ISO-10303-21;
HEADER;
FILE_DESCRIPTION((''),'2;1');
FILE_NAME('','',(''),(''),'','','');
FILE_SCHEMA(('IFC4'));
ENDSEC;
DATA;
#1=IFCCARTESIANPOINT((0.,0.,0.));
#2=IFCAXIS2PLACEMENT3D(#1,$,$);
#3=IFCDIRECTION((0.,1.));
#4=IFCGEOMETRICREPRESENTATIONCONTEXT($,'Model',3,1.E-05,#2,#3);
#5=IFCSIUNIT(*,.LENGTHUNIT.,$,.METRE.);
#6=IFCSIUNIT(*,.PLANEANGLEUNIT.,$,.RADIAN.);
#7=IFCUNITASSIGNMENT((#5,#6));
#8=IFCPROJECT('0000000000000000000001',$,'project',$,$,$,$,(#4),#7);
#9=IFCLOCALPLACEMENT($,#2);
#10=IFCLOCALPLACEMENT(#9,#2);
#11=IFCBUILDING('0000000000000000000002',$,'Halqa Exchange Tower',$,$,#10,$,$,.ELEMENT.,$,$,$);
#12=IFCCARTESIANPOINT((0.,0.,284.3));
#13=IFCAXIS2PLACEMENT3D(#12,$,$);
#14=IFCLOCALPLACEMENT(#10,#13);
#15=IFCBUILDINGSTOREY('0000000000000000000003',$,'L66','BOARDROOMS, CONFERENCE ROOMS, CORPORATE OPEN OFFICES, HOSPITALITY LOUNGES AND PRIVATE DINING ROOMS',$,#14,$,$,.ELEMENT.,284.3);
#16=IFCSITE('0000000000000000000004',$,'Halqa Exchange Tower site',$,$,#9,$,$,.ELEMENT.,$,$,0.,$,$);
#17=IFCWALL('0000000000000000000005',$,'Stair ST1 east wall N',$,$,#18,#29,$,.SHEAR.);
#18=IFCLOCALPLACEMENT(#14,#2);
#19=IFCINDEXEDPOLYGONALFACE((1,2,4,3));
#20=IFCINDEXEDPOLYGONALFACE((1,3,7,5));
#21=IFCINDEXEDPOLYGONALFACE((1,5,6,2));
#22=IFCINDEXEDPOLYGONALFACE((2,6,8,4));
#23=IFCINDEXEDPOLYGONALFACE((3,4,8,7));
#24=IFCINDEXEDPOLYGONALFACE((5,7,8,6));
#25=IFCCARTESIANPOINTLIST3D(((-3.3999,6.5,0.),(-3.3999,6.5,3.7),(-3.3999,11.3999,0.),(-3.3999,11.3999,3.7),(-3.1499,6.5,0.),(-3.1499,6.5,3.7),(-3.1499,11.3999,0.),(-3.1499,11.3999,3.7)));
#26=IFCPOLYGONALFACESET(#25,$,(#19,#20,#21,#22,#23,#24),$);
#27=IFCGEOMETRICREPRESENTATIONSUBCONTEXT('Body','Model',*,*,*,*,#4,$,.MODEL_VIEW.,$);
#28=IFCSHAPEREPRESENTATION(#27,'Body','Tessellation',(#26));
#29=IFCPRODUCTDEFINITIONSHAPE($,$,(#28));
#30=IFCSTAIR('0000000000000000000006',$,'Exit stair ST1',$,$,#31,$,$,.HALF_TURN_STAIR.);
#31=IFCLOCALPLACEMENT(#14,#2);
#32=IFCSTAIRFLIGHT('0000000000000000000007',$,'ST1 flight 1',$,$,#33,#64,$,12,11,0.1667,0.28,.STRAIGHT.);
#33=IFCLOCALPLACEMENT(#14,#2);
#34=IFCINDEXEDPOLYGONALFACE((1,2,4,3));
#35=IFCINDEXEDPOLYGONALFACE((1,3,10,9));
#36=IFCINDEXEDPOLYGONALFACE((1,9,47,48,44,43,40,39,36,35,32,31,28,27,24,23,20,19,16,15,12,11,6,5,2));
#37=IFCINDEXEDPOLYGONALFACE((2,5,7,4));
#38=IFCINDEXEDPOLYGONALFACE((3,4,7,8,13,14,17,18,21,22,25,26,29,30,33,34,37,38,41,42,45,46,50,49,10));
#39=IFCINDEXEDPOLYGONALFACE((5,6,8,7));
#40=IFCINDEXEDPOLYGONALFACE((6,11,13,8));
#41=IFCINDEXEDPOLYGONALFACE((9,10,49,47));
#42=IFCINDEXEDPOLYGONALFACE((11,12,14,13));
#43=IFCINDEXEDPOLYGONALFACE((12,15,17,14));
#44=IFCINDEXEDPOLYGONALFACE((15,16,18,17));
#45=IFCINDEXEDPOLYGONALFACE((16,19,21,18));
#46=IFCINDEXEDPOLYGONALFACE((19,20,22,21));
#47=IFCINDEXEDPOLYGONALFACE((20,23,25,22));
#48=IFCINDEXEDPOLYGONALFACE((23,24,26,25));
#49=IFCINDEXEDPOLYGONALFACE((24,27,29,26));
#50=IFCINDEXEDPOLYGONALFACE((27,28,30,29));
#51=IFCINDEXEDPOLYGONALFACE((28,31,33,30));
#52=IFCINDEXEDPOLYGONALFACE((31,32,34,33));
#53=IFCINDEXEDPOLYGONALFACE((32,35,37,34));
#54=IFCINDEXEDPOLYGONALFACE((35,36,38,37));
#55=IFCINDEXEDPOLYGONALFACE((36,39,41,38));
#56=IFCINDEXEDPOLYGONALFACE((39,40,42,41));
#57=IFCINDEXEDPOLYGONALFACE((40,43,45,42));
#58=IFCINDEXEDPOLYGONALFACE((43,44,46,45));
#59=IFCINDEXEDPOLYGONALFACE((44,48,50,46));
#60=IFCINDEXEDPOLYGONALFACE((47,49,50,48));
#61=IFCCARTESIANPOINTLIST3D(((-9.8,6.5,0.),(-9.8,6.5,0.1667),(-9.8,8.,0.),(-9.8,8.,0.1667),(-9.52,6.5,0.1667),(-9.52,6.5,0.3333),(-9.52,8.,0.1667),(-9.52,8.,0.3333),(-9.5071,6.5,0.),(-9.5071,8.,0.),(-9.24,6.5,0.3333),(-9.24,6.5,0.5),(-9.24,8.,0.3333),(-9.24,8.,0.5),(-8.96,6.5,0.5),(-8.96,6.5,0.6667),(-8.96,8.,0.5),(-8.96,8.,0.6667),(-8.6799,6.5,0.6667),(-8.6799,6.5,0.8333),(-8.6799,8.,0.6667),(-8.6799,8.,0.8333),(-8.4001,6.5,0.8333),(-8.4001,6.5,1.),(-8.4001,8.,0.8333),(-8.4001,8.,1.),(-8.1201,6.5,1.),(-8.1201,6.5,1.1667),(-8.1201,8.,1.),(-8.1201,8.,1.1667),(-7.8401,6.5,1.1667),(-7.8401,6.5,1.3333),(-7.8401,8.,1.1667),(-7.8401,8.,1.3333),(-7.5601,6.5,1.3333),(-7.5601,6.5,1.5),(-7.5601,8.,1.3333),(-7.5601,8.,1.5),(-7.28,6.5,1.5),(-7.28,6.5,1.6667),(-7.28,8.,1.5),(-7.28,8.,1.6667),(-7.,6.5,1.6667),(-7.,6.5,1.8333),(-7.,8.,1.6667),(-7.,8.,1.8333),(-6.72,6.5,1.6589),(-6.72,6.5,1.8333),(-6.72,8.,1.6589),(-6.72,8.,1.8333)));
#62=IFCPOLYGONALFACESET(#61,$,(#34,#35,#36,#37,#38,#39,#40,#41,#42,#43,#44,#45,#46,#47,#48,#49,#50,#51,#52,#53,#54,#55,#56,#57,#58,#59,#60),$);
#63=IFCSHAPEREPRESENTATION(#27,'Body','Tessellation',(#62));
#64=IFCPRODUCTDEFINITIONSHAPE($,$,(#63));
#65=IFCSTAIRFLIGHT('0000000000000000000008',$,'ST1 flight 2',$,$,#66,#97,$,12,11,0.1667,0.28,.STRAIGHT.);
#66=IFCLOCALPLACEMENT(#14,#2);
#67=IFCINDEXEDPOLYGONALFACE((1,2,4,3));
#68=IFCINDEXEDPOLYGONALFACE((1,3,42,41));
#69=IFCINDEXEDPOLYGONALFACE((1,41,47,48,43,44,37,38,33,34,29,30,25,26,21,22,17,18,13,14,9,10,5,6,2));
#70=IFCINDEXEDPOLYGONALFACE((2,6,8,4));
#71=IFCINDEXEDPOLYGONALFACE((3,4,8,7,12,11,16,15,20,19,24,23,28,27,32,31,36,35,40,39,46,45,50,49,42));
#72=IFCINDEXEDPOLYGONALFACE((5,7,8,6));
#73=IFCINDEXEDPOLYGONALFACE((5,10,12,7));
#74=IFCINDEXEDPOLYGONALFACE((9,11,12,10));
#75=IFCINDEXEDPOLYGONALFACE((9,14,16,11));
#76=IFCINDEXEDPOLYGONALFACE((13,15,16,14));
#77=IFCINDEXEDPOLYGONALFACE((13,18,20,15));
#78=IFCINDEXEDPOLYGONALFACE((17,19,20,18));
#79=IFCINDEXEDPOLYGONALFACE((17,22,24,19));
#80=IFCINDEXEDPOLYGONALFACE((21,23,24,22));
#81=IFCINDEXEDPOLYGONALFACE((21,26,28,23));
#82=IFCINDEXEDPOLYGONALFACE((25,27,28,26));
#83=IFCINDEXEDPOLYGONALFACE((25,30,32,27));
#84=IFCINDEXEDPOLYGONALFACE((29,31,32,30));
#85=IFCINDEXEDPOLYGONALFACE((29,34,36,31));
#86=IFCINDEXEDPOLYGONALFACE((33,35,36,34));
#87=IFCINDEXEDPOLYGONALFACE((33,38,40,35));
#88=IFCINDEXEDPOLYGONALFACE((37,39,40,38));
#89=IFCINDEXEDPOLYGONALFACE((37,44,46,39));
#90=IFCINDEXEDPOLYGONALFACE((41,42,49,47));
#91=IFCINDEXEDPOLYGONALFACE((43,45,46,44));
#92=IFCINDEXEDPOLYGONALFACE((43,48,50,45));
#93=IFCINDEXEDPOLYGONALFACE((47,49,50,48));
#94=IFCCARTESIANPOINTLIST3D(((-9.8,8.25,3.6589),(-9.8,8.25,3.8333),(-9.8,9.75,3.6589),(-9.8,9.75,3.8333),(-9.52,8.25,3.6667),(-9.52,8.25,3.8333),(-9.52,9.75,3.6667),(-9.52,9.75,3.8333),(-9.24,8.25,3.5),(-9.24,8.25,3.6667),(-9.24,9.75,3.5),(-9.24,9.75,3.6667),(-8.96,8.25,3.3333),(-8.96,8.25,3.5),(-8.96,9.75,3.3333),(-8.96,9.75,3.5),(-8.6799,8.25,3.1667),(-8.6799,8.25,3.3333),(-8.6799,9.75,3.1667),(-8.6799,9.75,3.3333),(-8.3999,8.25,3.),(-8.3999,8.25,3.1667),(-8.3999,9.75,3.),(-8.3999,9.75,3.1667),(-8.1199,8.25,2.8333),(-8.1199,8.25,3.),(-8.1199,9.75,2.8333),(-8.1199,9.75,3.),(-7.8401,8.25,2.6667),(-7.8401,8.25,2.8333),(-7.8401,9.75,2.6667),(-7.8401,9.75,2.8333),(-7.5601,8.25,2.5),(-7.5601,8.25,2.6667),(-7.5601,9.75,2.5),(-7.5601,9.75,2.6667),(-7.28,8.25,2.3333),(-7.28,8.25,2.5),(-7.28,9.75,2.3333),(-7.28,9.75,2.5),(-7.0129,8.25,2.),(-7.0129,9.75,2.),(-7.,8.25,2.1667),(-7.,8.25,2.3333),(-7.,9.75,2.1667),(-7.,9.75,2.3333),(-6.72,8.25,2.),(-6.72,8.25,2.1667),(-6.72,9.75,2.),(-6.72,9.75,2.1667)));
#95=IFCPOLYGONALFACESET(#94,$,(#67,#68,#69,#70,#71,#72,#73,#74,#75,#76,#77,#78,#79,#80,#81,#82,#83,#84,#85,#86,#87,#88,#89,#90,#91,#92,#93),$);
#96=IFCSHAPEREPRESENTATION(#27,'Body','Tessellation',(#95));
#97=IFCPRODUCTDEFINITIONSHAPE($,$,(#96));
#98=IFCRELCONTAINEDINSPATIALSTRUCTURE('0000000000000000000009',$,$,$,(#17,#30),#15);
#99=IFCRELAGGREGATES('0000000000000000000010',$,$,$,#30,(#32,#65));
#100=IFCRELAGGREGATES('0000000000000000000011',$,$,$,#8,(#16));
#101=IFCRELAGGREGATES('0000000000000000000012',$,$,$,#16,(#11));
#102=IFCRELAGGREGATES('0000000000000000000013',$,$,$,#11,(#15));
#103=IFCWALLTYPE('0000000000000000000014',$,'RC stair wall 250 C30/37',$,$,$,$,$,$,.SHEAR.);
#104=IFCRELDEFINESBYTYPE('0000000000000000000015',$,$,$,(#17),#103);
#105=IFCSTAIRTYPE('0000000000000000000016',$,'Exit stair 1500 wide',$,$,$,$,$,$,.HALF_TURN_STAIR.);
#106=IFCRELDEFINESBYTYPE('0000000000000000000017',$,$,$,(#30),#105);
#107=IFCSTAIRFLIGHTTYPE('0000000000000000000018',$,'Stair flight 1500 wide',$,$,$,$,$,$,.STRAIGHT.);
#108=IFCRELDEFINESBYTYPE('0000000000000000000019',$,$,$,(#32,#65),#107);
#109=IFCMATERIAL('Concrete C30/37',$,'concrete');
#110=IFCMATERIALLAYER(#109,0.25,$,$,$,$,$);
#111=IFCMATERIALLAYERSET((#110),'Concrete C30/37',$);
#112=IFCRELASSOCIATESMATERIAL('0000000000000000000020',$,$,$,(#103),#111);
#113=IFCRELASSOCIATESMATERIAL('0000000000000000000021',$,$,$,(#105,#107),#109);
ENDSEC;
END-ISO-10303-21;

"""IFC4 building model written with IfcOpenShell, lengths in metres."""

from ifc_helpers import new_model, si_unit, direction, frame, frame_2d, origin, place, context, subcontext, project, spatial, polyline, rectangle, outline, extrude, material, layer, layer_set, type_object, element, aggregate, save


model = new_model("IFC4")

# Units and contexts
model_context = context("Model", 3, precision=1e-05, world=origin(), true_north=direction((0.0, 1.0)))
body_context = subcontext(model_context, "Body", "Model", "MODEL_VIEW")
ifc_project = project(units=[si_unit("LENGTHUNIT", "METRE"), si_unit("PLANEANGLEUNIT", "RADIAN")], contexts=[model_context])

# Site, building, storey
site_placement = place(None, origin())
site = spatial("IfcSite", under=ifc_project, at=site_placement, Name="Halqa Exchange Tower site", CompositionType="ELEMENT", RefElevation=0.0)
building_placement = place(site_placement, origin())
building = spatial("IfcBuilding", under=site, at=building_placement, Name="Halqa Exchange Tower", CompositionType="ELEMENT")
storey_placement = place(building_placement, frame((0.0, 0.0, 284.3)))
storey = spatial("IfcBuildingStorey", under=building, at=storey_placement, Name="L66", Description="BOARDROOMS, CONFERENCE ROOMS, CORPORATE OPEN OFFICES, HOSPITALITY LOUNGES AND PRIVATE DINING ROOMS", CompositionType="ELEMENT", Elevation=284.3)

# Wall
ifc_material_1 = material(Name="Concrete C30/37", Category="concrete")
ifc_layer_1 = layer(ifc_material_1, 0.25)
ifc_layer_set_1 = layer_set([ifc_layer_1], Name="Concrete C30/37")
wall_type_1 = type_object("IfcWallType", Name="RC stair wall 250 C30/37", PredefinedType="SHEAR", material=ifc_layer_set_1)
wall_1_placement = place(storey_placement, frame((-3.2749, 6.5, 0.0), z_axis=(0.0, 0.0, 1.0), x_axis=(0.0, 1.0, 0.0)))
element("IfcWall", 1, at=wall_1_placement, inside=storey, type_object=wall_type_1, Name="Stair ST1 east wall N", PredefinedType="SHEAR", context=body_context, shape_type="SweptSolid", body=[
    extrude(rectangle(XDim=4.8999, YDim=0.25, at=frame_2d((2.45, 0.0))), origin(), (0.0, 0.0, 1.0), 3.7),
])

# Stair, stair flights
stair_type = type_object("IfcStairType", Name="Exit stair 1500 wide", PredefinedType="HALF_TURN_STAIR", material=ifc_material_1)
stair_placement = place(storey_placement, origin())
stair = element("IfcStair", 2, at=stair_placement, inside=storey, type_object=stair_type, Name="Exit stair ST1", PredefinedType="HALF_TURN_STAIR")
stair_flight_type = type_object("IfcStairFlightType", Name="Stair flight 1500 wide", PredefinedType="STRAIGHT", material=ifc_material_1)
stair_flight_1_placement = place(storey_placement, frame((-9.8, 7.25, 0.0), z_axis=(0.0, 0.0, 1.0), x_axis=(1.0, 0.0, 0.0)))
stair_flight_1 = element("IfcStairFlight", 3, at=stair_flight_1_placement, type_object=stair_flight_type, Name="ST1 flight 1", NumberOfRisers=12, NumberOfTreads=11, PredefinedType="STRAIGHT", RiserHeight=0.1667, TreadLength=0.28, context=body_context, shape_type="SweptSolid", body=[
    extrude(outline(polyline([(0.0, 0.0), (0.0, 0.1667), (0.28, 0.1667), (0.28, 0.3333), (0.5601, 0.3333), (0.5601, 0.5), (0.8401, 0.5), (0.8401, 0.6667), (1.1201, 0.6667), (1.1201, 0.8333), (1.3999, 0.8333), (1.3999, 1.0), (1.6799, 1.0), (1.6799, 1.1667), (1.96, 1.1667), (1.96, 1.3333), (2.24, 1.3333), (2.24, 1.5), (2.52, 1.5), (2.52, 1.6667), (2.8, 1.6667), (2.8, 1.8333), (3.0801, 1.8333), (3.0801, 2.0), (3.0801, 1.6589), (0.293, 0.0), (0.0, 0.0)])), frame((0.0, 0.75, 0.0), z_axis=(0.0, -1.0, 0.0), x_axis=(1.0, 0.0, 0.0)), (0.0, 0.0, 1.0), 1.5),
])
stair_flight_2_placement = place(storey_placement, frame((-6.72, 9.0, 2.0), z_axis=(0.0, 0.0, 1.0), x_axis=(-1.0, 0.0, 0.0)))
stair_flight_2 = element("IfcStairFlight", 4, at=stair_flight_2_placement, type_object=stair_flight_type, Name="ST1 flight 2", NumberOfRisers=12, NumberOfTreads=11, PredefinedType="STRAIGHT", RiserHeight=0.1667, TreadLength=0.28, context=body_context, shape_type="SweptSolid", body=[
    extrude(outline(polyline([(0.0, 0.0), (0.0, 0.1667), (0.28, 0.1667), (0.28, 0.3333), (0.5601, 0.3333), (0.5601, 0.5), (0.8401, 0.5), (0.8401, 0.6667), (1.1201, 0.6667), (1.1201, 0.8333), (1.3999, 0.8333), (1.3999, 1.0), (1.6799, 1.0), (1.6799, 1.1667), (1.96, 1.1667), (1.96, 1.3333), (2.24, 1.3333), (2.24, 1.5), (2.52, 1.5), (2.52, 1.6667), (2.8, 1.6667), (2.8, 1.8333), (3.0801, 1.8333), (3.0801, 2.0), (3.0801, 1.6589), (0.293, 0.0), (0.0, 0.0)])), frame((0.0, 0.75, 0.0), z_axis=(0.0, -1.0, 0.0), x_axis=(1.0, 0.0, 0.0)), (0.0, 0.0, 1.0), 1.5),
])
aggregate(stair, [stair_flight_1, stair_flight_2])

save(model, "model.ifc")
